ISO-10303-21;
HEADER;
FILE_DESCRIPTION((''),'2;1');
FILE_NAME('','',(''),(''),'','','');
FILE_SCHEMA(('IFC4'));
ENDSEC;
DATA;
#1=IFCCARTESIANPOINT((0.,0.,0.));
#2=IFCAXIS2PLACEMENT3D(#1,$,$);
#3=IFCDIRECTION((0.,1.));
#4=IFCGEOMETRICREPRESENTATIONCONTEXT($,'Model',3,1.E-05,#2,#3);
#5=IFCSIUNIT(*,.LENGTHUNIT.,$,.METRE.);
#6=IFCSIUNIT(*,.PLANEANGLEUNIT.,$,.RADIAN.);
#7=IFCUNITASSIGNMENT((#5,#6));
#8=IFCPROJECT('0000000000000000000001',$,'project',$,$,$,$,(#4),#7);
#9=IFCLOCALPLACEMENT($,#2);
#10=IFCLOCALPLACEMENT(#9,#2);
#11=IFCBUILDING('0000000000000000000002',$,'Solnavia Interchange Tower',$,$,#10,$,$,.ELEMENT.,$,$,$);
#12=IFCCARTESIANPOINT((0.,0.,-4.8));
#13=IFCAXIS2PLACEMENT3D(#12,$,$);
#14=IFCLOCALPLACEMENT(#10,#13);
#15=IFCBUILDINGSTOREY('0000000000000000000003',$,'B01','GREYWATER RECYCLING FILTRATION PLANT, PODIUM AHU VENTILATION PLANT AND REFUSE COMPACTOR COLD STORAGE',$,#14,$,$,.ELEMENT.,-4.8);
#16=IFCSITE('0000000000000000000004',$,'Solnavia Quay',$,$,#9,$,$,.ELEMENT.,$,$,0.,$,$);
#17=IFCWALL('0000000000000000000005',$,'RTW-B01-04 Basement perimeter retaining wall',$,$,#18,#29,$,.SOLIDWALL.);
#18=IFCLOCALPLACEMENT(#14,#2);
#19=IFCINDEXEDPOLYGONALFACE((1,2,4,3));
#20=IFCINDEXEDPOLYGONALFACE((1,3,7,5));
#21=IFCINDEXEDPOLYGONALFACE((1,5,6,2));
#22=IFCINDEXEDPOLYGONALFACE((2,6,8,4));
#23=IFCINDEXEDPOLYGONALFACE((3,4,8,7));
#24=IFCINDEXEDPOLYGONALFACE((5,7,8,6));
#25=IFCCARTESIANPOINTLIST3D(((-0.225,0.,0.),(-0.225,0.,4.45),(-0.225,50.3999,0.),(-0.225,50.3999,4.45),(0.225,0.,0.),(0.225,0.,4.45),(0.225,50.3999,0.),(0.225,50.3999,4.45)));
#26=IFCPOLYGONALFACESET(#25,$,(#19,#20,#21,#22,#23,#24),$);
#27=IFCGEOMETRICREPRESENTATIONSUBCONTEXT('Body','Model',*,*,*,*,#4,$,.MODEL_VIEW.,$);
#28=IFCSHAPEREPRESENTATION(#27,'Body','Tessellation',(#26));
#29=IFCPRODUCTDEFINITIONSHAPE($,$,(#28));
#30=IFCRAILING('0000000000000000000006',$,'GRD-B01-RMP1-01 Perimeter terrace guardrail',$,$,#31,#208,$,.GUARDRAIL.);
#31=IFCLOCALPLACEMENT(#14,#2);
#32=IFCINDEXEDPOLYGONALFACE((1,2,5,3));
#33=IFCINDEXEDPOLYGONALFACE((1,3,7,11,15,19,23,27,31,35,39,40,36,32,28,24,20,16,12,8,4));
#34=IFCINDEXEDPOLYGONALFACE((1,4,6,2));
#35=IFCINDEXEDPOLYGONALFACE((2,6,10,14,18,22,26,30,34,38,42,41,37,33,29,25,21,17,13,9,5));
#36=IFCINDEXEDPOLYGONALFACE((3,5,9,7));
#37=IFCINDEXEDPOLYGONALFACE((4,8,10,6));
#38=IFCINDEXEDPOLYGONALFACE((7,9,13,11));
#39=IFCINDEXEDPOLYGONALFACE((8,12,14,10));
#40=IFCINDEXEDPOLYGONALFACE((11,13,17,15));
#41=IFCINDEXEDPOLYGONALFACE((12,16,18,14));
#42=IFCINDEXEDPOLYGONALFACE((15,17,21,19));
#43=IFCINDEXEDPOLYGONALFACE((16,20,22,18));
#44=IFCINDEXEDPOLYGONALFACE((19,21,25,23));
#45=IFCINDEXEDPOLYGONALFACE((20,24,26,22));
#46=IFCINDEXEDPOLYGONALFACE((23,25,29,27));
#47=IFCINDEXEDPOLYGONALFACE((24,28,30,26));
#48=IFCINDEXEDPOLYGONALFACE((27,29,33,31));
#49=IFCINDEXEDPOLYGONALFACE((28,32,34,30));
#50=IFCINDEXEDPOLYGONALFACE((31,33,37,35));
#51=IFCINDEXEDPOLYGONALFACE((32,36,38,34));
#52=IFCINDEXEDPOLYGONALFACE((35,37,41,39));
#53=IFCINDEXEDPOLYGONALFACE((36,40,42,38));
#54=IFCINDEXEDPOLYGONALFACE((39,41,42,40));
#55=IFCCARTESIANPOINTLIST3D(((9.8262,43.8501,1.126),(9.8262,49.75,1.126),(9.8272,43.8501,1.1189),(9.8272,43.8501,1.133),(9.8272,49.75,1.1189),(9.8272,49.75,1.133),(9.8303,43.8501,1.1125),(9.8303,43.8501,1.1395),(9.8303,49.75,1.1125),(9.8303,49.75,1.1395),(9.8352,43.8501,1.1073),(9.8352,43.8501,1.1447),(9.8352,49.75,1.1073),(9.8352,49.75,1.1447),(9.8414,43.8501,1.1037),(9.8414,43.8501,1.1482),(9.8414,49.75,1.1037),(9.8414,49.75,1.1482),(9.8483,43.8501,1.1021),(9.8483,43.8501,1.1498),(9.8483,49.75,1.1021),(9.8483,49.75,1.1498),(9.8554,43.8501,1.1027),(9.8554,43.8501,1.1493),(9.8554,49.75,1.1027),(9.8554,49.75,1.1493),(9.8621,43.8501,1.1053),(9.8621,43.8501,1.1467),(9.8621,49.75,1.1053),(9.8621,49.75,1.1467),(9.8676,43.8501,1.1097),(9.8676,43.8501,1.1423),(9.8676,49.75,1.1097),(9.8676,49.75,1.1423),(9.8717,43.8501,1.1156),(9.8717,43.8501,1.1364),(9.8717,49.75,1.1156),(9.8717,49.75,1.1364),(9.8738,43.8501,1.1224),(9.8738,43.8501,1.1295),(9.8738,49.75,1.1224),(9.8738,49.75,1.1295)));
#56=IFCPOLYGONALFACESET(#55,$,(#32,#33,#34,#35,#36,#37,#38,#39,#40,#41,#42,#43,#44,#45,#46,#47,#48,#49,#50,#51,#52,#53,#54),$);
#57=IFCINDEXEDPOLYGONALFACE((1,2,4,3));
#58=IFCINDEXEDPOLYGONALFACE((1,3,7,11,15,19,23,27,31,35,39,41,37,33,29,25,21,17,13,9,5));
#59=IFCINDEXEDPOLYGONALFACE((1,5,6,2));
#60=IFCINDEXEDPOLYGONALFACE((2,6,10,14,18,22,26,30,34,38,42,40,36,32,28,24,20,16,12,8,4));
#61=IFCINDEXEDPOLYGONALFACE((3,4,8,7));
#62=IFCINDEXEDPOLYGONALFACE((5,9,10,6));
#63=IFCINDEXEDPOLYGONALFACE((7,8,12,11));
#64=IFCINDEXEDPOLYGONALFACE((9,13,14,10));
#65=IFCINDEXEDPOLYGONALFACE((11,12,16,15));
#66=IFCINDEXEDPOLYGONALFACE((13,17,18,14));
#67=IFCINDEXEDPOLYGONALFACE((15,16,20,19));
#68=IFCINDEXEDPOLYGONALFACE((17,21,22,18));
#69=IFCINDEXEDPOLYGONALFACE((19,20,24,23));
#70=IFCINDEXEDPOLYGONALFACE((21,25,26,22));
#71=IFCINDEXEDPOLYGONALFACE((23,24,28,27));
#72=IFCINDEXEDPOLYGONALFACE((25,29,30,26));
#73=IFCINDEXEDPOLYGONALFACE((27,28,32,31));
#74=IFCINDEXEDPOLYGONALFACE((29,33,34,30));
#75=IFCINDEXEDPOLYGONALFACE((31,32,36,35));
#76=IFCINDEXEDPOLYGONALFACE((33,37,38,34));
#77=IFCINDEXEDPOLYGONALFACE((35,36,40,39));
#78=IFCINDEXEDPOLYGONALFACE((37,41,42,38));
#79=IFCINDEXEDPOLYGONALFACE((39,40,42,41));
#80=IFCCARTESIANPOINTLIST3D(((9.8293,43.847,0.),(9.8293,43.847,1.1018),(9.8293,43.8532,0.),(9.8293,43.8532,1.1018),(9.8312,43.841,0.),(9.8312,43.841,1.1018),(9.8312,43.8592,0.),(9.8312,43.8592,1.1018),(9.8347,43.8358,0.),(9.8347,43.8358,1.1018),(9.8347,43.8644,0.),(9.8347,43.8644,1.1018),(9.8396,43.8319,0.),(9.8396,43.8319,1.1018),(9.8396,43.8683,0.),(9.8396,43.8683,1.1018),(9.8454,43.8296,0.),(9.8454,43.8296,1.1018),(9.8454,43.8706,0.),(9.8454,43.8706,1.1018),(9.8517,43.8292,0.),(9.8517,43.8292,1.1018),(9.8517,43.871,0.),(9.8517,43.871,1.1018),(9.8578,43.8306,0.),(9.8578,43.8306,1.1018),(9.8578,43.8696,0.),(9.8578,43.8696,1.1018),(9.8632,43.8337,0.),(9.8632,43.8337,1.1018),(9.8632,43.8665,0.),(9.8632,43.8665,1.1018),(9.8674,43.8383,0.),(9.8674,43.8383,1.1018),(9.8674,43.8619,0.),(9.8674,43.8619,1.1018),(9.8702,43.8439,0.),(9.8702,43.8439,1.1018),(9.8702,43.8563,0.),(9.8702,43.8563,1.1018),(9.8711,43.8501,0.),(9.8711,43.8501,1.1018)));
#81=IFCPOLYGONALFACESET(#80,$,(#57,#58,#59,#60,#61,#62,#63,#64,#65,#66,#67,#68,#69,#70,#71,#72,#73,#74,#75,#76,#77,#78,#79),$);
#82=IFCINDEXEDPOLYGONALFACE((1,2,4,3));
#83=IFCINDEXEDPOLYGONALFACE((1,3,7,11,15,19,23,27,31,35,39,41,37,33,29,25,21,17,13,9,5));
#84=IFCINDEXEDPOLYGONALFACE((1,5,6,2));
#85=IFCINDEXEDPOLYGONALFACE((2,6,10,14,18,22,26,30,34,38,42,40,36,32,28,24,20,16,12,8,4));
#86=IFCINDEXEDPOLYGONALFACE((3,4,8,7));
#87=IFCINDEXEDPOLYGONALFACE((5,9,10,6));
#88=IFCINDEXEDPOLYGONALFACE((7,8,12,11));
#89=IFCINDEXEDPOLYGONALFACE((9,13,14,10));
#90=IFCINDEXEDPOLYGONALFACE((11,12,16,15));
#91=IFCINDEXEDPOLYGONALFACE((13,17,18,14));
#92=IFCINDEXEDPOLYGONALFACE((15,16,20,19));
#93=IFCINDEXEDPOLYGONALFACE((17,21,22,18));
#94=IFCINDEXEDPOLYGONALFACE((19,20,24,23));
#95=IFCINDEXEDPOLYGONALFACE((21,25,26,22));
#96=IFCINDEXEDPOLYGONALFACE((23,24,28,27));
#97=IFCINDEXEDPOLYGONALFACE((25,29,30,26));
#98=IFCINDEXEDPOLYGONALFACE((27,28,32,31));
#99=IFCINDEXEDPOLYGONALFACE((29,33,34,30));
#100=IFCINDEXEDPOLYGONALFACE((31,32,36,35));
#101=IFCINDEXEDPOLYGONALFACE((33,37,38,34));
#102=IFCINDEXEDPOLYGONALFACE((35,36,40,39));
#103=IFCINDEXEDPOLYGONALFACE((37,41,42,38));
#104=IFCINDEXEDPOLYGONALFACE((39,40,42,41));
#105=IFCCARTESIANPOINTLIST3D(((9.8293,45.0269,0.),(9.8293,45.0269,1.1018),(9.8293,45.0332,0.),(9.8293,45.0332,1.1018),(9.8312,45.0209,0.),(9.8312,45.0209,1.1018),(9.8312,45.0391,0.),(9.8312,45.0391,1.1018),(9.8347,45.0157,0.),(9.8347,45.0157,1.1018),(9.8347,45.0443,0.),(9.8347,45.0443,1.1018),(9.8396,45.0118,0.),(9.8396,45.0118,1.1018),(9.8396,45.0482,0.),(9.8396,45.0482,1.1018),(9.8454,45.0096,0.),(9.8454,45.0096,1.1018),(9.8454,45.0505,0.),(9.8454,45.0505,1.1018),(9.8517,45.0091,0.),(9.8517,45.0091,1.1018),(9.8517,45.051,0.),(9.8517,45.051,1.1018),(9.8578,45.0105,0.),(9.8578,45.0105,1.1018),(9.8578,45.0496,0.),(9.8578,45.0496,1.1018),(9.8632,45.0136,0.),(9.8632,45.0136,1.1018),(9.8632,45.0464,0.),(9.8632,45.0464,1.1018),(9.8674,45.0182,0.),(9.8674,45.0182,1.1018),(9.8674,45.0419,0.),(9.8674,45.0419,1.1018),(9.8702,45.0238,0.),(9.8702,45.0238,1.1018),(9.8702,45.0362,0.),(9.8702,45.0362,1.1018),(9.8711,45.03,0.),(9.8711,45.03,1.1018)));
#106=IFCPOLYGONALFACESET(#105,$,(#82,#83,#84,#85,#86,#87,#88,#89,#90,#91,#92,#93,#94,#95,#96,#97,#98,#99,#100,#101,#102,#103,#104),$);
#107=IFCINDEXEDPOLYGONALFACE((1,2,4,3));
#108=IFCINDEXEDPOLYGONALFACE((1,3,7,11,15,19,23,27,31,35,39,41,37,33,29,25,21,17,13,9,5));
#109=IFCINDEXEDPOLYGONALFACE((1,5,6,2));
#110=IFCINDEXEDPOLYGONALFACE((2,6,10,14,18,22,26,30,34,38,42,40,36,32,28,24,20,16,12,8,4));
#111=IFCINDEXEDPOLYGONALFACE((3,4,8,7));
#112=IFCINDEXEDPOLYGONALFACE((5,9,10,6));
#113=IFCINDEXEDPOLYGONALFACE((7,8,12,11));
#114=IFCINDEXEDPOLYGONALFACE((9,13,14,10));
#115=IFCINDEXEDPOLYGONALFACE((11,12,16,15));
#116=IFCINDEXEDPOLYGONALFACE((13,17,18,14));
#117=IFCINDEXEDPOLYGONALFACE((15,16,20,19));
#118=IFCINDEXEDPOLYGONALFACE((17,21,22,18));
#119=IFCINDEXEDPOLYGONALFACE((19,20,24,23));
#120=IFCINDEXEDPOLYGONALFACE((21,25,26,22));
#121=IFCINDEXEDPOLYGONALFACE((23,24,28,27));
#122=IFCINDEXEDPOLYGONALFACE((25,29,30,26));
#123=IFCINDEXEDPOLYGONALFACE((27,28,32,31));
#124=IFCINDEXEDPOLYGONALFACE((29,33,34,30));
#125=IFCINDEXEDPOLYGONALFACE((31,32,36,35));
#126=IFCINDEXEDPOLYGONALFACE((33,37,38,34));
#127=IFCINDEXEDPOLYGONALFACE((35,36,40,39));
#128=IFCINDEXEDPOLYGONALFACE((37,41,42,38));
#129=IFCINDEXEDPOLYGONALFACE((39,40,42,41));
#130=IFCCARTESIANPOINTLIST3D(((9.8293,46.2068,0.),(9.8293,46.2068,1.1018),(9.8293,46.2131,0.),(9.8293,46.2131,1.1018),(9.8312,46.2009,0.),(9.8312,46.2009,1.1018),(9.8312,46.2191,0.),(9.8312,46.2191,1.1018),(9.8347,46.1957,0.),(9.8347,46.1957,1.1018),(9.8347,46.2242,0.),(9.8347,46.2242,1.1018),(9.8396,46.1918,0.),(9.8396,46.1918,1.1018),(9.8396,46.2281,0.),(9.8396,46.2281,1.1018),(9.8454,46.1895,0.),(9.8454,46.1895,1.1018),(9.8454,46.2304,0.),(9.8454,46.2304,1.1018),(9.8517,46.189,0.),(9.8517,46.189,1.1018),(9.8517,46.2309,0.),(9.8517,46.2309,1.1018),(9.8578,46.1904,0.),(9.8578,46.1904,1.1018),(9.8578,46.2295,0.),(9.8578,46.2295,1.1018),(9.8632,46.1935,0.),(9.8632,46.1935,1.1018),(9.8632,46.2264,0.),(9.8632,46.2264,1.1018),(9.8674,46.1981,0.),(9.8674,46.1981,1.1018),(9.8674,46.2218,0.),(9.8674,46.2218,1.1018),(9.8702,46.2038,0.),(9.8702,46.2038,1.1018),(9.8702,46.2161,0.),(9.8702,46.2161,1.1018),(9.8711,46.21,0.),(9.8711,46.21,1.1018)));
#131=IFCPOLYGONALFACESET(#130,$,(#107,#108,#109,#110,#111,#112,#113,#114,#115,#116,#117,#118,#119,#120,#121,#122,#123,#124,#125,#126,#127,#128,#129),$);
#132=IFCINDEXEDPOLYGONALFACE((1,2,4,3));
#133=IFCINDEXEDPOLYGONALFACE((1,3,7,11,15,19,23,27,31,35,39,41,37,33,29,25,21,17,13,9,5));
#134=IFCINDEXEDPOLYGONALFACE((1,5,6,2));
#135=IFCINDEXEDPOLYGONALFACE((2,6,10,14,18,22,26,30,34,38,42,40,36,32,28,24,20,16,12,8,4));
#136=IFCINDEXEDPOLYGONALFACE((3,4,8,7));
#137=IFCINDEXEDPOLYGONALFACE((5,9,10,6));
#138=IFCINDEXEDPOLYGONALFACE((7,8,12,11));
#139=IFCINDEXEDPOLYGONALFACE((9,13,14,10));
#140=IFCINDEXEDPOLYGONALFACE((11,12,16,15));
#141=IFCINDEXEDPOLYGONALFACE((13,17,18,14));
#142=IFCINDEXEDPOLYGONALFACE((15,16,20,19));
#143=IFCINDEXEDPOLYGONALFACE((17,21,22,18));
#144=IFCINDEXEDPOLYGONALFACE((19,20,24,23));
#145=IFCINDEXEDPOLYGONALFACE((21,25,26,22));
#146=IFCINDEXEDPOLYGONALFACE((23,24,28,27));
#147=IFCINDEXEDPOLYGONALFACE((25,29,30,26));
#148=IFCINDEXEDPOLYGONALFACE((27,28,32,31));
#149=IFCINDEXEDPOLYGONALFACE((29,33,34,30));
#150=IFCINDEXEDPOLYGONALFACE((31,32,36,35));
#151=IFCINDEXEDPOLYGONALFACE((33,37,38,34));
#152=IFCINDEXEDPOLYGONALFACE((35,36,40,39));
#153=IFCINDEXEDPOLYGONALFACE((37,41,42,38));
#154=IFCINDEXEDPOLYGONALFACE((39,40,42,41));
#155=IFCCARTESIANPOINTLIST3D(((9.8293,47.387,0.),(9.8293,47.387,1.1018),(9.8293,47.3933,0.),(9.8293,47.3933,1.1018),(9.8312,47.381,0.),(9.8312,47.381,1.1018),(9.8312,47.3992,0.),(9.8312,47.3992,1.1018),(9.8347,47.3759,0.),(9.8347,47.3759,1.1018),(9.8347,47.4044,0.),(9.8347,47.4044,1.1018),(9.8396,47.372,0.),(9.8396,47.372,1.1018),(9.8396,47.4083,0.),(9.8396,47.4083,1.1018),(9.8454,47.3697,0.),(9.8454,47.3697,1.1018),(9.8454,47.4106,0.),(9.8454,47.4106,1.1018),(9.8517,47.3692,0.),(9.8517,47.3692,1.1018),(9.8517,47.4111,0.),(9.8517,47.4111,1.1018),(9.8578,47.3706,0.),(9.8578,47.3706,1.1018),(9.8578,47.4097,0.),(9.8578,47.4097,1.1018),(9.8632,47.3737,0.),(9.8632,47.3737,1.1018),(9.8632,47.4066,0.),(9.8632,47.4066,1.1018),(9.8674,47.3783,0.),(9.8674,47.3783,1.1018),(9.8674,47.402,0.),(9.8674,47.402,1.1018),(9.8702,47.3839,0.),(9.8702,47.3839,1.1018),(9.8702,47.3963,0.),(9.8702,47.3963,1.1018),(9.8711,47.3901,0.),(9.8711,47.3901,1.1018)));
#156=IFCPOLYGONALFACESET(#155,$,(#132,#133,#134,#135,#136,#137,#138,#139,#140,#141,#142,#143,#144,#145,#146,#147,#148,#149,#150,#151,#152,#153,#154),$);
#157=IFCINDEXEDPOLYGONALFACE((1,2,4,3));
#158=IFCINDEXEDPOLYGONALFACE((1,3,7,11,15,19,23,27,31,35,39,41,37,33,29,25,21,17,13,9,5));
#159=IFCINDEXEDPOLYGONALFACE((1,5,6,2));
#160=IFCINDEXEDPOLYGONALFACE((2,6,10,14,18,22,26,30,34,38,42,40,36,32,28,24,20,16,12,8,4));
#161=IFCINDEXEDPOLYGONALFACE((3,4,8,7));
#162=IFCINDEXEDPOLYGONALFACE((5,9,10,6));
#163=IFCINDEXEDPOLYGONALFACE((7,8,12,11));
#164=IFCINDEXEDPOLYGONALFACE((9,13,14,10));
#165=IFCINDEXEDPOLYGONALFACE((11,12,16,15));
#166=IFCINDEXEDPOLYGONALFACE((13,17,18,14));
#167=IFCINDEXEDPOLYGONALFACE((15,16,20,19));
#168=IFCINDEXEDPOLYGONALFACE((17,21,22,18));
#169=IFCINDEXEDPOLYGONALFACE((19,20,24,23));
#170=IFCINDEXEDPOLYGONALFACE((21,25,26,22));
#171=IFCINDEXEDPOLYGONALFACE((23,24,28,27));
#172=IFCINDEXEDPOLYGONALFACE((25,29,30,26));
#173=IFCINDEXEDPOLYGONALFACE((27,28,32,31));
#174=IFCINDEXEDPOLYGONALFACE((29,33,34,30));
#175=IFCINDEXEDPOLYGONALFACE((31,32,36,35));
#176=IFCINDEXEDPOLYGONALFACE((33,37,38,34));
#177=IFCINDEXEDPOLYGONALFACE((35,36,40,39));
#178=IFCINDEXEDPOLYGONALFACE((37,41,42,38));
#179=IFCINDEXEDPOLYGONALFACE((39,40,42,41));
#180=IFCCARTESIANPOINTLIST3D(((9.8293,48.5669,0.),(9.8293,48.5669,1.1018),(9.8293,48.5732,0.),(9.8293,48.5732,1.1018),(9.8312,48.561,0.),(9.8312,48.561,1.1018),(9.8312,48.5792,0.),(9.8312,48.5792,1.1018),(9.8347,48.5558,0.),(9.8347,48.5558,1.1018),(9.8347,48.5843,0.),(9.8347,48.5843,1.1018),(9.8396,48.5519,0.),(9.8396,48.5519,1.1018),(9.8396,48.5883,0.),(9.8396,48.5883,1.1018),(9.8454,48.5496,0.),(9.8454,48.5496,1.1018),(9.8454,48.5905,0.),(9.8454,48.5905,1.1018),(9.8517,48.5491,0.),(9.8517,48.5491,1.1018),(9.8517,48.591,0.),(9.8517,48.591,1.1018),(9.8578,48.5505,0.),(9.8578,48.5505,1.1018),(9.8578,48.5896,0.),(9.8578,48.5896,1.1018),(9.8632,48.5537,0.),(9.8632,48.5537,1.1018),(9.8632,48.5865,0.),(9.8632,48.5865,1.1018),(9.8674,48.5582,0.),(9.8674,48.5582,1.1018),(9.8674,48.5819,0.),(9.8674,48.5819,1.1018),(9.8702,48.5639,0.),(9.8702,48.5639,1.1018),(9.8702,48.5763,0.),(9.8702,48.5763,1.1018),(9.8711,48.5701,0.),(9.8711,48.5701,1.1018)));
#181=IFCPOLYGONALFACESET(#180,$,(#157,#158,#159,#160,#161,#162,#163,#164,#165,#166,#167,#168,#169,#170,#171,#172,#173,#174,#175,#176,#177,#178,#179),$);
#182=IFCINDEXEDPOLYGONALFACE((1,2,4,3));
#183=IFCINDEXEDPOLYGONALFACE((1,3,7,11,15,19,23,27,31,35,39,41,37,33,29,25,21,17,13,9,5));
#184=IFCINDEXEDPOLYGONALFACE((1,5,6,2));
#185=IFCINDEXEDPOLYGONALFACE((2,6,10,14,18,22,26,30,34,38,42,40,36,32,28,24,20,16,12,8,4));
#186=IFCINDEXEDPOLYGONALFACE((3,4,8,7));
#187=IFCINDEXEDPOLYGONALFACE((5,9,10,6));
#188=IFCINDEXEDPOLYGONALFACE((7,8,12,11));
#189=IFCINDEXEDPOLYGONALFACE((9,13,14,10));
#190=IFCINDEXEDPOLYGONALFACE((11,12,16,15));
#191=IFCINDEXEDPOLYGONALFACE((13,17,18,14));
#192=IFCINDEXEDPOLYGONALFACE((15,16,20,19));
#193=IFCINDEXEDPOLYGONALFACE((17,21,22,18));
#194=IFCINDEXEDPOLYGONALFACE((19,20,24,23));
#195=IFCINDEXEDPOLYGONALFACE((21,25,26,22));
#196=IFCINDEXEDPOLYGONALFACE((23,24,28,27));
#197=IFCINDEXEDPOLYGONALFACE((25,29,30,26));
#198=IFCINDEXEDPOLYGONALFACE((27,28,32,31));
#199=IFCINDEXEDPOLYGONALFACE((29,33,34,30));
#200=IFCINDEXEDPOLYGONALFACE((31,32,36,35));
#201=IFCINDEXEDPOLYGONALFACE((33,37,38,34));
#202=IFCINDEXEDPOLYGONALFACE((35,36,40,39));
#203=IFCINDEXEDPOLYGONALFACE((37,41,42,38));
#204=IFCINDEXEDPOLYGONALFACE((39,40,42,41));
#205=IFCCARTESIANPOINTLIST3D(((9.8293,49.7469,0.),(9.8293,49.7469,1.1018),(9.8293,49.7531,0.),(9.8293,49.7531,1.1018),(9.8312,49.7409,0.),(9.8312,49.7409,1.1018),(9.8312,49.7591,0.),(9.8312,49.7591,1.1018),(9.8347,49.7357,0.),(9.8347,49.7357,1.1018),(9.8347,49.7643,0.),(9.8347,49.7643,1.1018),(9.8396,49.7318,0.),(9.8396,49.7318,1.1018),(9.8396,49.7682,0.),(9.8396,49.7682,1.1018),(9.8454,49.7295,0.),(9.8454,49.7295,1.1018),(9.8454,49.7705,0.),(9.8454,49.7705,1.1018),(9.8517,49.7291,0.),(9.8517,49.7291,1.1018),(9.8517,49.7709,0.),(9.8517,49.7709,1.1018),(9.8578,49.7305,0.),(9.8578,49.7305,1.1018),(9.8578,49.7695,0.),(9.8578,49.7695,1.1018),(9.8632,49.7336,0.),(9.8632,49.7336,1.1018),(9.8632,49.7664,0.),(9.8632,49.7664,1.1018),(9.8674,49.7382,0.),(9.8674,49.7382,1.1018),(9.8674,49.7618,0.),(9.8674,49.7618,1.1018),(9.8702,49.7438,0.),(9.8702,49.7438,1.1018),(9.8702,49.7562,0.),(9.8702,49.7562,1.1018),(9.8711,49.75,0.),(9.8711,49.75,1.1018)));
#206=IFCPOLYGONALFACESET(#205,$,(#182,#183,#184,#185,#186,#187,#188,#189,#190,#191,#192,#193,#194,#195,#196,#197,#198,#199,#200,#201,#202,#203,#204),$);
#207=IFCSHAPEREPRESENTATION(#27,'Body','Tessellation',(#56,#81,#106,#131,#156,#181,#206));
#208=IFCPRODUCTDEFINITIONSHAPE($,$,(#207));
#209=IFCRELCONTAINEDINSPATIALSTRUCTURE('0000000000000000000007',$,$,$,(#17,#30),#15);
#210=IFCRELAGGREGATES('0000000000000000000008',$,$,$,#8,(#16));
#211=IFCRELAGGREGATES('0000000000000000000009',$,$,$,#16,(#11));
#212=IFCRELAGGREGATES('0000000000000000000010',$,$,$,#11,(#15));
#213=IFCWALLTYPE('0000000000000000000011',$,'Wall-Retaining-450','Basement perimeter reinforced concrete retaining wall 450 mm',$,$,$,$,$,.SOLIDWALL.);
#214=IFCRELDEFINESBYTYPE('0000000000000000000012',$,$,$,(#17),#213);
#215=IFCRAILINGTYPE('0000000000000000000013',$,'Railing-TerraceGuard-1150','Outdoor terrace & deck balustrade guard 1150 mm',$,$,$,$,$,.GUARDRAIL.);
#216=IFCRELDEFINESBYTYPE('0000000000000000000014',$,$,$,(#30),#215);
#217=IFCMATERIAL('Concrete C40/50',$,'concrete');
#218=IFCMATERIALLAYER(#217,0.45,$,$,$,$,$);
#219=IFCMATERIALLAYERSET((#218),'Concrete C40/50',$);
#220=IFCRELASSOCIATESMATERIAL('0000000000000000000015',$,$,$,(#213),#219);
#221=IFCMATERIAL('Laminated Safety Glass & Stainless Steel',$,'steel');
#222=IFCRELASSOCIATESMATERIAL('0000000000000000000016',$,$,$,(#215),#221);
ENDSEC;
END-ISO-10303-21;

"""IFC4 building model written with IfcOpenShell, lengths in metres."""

from ifc_helpers import new_model, si_unit, direction, frame, frame_2d, origin, origin_2d, place, context, subcontext, project, spatial, rectangle, circle, extrude, material, layer, layer_set, type_object, element, save


model = new_model("IFC4")

# Units and contexts
model_context = context("Model", 3, precision=1e-05, world=origin(), true_north=direction((0.0, 1.0)))
body_context = subcontext(model_context, "Body", "Model", "MODEL_VIEW")
ifc_project = project(units=[si_unit("LENGTHUNIT", "METRE"), si_unit("PLANEANGLEUNIT", "RADIAN")], contexts=[model_context])

# Site, building, storey
site_placement = place(None, origin())
site = spatial("IfcSite", under=ifc_project, at=site_placement, Name="Solnavia Quay", CompositionType="ELEMENT", RefElevation=0.0)
building_placement = place(site_placement, origin())
building = spatial("IfcBuilding", under=site, at=building_placement, Name="Solnavia Interchange Tower", CompositionType="ELEMENT")
storey_placement = place(building_placement, frame((0.0, 0.0, -4.8)))
storey = spatial("IfcBuildingStorey", under=building, at=storey_placement, Name="B01", Description="GREYWATER RECYCLING FILTRATION PLANT, PODIUM AHU VENTILATION PLANT AND REFUSE COMPACTOR COLD STORAGE", CompositionType="ELEMENT", Elevation=-4.8)

# Shared definitions
ifc_material_1 = material(Name="Concrete C40/50", Category="concrete")

# Wall
ifc_layer_1 = layer(ifc_material_1, 0.45)
ifc_layer_set_1 = layer_set([ifc_layer_1], Name="Concrete C40/50")
wall_type_1 = type_object("IfcWallType", Name="Wall-Retaining-450", Description="Basement perimeter reinforced concrete retaining wall 450 mm", PredefinedType="SOLIDWALL", material=ifc_layer_set_1)
wall_1_placement = place(storey_placement, frame((0.0, 50.3999, 0.0), z_axis=(0.0, 0.0, 1.0), x_axis=(0.0, -1.0, 0.0)))
element("IfcWall", 1, at=wall_1_placement, inside=storey, type_object=wall_type_1, Name="RTW-B01-04 Basement perimeter retaining wall", PredefinedType="SOLIDWALL", context=body_context, shape_type="SweptSolid", body=[
    extrude(rectangle(XDim=50.3999, YDim=0.45, at=frame_2d((25.2, 0.0))), origin(), (0.0, 0.0, 1.0), 4.45),
])

# Railing
ifc_material_2 = material(Name="Laminated Safety Glass & Stainless Steel", Category="steel")
railing_type = type_object("IfcRailingType", Name="Railing-TerraceGuard-1150", Description="Outdoor terrace & deck balustrade guard 1150 mm", PredefinedType="GUARDRAIL", material=ifc_material_2)
railing_1_placement = place(storey_placement, frame((9.8501, 43.8501, 0.0)))
element("IfcRailing", 2, at=railing_1_placement, inside=storey, type_object=railing_type, Name="GRD-B01-RMP1-01 Perimeter terrace guardrail", PredefinedType="GUARDRAIL", context=body_context, shape_type="SweptSolid", body=[
    extrude(circle(Radius=0.0239, at=origin_2d()), frame((0.0, 0.0, 1.126), z_axis=(0.0, 1.0, 0.0), x_axis=(-1.0, 0.0, 0.0)), (0.0, 0.0, 1.0), 5.8999),
    extrude(circle(Radius=0.021, at=origin_2d()), origin(), (0.0, 0.0, 1.0), 1.1018),
    extrude(circle(Radius=0.021, at=origin_2d()), frame((0.0, 1.1799, 0.0)), (0.0, 0.0, 1.0), 1.1018),
    extrude(circle(Radius=0.021, at=origin_2d()), frame((0.0, 2.3599, 0.0)), (0.0, 0.0, 1.0), 1.1018),
    extrude(circle(Radius=0.021, at=origin_2d()), frame((0.0, 3.54, 0.0)), (0.0, 0.0, 1.0), 1.1018),
    extrude(circle(Radius=0.021, at=origin_2d()), frame((0.0, 4.72, 0.0)), (0.0, 0.0, 1.0), 1.1018),
    extrude(circle(Radius=0.021, at=origin_2d()), frame((0.0, 5.8999, 0.0)), (0.0, 0.0, 1.0), 1.1018),
])

save(model, "model.ifc")
